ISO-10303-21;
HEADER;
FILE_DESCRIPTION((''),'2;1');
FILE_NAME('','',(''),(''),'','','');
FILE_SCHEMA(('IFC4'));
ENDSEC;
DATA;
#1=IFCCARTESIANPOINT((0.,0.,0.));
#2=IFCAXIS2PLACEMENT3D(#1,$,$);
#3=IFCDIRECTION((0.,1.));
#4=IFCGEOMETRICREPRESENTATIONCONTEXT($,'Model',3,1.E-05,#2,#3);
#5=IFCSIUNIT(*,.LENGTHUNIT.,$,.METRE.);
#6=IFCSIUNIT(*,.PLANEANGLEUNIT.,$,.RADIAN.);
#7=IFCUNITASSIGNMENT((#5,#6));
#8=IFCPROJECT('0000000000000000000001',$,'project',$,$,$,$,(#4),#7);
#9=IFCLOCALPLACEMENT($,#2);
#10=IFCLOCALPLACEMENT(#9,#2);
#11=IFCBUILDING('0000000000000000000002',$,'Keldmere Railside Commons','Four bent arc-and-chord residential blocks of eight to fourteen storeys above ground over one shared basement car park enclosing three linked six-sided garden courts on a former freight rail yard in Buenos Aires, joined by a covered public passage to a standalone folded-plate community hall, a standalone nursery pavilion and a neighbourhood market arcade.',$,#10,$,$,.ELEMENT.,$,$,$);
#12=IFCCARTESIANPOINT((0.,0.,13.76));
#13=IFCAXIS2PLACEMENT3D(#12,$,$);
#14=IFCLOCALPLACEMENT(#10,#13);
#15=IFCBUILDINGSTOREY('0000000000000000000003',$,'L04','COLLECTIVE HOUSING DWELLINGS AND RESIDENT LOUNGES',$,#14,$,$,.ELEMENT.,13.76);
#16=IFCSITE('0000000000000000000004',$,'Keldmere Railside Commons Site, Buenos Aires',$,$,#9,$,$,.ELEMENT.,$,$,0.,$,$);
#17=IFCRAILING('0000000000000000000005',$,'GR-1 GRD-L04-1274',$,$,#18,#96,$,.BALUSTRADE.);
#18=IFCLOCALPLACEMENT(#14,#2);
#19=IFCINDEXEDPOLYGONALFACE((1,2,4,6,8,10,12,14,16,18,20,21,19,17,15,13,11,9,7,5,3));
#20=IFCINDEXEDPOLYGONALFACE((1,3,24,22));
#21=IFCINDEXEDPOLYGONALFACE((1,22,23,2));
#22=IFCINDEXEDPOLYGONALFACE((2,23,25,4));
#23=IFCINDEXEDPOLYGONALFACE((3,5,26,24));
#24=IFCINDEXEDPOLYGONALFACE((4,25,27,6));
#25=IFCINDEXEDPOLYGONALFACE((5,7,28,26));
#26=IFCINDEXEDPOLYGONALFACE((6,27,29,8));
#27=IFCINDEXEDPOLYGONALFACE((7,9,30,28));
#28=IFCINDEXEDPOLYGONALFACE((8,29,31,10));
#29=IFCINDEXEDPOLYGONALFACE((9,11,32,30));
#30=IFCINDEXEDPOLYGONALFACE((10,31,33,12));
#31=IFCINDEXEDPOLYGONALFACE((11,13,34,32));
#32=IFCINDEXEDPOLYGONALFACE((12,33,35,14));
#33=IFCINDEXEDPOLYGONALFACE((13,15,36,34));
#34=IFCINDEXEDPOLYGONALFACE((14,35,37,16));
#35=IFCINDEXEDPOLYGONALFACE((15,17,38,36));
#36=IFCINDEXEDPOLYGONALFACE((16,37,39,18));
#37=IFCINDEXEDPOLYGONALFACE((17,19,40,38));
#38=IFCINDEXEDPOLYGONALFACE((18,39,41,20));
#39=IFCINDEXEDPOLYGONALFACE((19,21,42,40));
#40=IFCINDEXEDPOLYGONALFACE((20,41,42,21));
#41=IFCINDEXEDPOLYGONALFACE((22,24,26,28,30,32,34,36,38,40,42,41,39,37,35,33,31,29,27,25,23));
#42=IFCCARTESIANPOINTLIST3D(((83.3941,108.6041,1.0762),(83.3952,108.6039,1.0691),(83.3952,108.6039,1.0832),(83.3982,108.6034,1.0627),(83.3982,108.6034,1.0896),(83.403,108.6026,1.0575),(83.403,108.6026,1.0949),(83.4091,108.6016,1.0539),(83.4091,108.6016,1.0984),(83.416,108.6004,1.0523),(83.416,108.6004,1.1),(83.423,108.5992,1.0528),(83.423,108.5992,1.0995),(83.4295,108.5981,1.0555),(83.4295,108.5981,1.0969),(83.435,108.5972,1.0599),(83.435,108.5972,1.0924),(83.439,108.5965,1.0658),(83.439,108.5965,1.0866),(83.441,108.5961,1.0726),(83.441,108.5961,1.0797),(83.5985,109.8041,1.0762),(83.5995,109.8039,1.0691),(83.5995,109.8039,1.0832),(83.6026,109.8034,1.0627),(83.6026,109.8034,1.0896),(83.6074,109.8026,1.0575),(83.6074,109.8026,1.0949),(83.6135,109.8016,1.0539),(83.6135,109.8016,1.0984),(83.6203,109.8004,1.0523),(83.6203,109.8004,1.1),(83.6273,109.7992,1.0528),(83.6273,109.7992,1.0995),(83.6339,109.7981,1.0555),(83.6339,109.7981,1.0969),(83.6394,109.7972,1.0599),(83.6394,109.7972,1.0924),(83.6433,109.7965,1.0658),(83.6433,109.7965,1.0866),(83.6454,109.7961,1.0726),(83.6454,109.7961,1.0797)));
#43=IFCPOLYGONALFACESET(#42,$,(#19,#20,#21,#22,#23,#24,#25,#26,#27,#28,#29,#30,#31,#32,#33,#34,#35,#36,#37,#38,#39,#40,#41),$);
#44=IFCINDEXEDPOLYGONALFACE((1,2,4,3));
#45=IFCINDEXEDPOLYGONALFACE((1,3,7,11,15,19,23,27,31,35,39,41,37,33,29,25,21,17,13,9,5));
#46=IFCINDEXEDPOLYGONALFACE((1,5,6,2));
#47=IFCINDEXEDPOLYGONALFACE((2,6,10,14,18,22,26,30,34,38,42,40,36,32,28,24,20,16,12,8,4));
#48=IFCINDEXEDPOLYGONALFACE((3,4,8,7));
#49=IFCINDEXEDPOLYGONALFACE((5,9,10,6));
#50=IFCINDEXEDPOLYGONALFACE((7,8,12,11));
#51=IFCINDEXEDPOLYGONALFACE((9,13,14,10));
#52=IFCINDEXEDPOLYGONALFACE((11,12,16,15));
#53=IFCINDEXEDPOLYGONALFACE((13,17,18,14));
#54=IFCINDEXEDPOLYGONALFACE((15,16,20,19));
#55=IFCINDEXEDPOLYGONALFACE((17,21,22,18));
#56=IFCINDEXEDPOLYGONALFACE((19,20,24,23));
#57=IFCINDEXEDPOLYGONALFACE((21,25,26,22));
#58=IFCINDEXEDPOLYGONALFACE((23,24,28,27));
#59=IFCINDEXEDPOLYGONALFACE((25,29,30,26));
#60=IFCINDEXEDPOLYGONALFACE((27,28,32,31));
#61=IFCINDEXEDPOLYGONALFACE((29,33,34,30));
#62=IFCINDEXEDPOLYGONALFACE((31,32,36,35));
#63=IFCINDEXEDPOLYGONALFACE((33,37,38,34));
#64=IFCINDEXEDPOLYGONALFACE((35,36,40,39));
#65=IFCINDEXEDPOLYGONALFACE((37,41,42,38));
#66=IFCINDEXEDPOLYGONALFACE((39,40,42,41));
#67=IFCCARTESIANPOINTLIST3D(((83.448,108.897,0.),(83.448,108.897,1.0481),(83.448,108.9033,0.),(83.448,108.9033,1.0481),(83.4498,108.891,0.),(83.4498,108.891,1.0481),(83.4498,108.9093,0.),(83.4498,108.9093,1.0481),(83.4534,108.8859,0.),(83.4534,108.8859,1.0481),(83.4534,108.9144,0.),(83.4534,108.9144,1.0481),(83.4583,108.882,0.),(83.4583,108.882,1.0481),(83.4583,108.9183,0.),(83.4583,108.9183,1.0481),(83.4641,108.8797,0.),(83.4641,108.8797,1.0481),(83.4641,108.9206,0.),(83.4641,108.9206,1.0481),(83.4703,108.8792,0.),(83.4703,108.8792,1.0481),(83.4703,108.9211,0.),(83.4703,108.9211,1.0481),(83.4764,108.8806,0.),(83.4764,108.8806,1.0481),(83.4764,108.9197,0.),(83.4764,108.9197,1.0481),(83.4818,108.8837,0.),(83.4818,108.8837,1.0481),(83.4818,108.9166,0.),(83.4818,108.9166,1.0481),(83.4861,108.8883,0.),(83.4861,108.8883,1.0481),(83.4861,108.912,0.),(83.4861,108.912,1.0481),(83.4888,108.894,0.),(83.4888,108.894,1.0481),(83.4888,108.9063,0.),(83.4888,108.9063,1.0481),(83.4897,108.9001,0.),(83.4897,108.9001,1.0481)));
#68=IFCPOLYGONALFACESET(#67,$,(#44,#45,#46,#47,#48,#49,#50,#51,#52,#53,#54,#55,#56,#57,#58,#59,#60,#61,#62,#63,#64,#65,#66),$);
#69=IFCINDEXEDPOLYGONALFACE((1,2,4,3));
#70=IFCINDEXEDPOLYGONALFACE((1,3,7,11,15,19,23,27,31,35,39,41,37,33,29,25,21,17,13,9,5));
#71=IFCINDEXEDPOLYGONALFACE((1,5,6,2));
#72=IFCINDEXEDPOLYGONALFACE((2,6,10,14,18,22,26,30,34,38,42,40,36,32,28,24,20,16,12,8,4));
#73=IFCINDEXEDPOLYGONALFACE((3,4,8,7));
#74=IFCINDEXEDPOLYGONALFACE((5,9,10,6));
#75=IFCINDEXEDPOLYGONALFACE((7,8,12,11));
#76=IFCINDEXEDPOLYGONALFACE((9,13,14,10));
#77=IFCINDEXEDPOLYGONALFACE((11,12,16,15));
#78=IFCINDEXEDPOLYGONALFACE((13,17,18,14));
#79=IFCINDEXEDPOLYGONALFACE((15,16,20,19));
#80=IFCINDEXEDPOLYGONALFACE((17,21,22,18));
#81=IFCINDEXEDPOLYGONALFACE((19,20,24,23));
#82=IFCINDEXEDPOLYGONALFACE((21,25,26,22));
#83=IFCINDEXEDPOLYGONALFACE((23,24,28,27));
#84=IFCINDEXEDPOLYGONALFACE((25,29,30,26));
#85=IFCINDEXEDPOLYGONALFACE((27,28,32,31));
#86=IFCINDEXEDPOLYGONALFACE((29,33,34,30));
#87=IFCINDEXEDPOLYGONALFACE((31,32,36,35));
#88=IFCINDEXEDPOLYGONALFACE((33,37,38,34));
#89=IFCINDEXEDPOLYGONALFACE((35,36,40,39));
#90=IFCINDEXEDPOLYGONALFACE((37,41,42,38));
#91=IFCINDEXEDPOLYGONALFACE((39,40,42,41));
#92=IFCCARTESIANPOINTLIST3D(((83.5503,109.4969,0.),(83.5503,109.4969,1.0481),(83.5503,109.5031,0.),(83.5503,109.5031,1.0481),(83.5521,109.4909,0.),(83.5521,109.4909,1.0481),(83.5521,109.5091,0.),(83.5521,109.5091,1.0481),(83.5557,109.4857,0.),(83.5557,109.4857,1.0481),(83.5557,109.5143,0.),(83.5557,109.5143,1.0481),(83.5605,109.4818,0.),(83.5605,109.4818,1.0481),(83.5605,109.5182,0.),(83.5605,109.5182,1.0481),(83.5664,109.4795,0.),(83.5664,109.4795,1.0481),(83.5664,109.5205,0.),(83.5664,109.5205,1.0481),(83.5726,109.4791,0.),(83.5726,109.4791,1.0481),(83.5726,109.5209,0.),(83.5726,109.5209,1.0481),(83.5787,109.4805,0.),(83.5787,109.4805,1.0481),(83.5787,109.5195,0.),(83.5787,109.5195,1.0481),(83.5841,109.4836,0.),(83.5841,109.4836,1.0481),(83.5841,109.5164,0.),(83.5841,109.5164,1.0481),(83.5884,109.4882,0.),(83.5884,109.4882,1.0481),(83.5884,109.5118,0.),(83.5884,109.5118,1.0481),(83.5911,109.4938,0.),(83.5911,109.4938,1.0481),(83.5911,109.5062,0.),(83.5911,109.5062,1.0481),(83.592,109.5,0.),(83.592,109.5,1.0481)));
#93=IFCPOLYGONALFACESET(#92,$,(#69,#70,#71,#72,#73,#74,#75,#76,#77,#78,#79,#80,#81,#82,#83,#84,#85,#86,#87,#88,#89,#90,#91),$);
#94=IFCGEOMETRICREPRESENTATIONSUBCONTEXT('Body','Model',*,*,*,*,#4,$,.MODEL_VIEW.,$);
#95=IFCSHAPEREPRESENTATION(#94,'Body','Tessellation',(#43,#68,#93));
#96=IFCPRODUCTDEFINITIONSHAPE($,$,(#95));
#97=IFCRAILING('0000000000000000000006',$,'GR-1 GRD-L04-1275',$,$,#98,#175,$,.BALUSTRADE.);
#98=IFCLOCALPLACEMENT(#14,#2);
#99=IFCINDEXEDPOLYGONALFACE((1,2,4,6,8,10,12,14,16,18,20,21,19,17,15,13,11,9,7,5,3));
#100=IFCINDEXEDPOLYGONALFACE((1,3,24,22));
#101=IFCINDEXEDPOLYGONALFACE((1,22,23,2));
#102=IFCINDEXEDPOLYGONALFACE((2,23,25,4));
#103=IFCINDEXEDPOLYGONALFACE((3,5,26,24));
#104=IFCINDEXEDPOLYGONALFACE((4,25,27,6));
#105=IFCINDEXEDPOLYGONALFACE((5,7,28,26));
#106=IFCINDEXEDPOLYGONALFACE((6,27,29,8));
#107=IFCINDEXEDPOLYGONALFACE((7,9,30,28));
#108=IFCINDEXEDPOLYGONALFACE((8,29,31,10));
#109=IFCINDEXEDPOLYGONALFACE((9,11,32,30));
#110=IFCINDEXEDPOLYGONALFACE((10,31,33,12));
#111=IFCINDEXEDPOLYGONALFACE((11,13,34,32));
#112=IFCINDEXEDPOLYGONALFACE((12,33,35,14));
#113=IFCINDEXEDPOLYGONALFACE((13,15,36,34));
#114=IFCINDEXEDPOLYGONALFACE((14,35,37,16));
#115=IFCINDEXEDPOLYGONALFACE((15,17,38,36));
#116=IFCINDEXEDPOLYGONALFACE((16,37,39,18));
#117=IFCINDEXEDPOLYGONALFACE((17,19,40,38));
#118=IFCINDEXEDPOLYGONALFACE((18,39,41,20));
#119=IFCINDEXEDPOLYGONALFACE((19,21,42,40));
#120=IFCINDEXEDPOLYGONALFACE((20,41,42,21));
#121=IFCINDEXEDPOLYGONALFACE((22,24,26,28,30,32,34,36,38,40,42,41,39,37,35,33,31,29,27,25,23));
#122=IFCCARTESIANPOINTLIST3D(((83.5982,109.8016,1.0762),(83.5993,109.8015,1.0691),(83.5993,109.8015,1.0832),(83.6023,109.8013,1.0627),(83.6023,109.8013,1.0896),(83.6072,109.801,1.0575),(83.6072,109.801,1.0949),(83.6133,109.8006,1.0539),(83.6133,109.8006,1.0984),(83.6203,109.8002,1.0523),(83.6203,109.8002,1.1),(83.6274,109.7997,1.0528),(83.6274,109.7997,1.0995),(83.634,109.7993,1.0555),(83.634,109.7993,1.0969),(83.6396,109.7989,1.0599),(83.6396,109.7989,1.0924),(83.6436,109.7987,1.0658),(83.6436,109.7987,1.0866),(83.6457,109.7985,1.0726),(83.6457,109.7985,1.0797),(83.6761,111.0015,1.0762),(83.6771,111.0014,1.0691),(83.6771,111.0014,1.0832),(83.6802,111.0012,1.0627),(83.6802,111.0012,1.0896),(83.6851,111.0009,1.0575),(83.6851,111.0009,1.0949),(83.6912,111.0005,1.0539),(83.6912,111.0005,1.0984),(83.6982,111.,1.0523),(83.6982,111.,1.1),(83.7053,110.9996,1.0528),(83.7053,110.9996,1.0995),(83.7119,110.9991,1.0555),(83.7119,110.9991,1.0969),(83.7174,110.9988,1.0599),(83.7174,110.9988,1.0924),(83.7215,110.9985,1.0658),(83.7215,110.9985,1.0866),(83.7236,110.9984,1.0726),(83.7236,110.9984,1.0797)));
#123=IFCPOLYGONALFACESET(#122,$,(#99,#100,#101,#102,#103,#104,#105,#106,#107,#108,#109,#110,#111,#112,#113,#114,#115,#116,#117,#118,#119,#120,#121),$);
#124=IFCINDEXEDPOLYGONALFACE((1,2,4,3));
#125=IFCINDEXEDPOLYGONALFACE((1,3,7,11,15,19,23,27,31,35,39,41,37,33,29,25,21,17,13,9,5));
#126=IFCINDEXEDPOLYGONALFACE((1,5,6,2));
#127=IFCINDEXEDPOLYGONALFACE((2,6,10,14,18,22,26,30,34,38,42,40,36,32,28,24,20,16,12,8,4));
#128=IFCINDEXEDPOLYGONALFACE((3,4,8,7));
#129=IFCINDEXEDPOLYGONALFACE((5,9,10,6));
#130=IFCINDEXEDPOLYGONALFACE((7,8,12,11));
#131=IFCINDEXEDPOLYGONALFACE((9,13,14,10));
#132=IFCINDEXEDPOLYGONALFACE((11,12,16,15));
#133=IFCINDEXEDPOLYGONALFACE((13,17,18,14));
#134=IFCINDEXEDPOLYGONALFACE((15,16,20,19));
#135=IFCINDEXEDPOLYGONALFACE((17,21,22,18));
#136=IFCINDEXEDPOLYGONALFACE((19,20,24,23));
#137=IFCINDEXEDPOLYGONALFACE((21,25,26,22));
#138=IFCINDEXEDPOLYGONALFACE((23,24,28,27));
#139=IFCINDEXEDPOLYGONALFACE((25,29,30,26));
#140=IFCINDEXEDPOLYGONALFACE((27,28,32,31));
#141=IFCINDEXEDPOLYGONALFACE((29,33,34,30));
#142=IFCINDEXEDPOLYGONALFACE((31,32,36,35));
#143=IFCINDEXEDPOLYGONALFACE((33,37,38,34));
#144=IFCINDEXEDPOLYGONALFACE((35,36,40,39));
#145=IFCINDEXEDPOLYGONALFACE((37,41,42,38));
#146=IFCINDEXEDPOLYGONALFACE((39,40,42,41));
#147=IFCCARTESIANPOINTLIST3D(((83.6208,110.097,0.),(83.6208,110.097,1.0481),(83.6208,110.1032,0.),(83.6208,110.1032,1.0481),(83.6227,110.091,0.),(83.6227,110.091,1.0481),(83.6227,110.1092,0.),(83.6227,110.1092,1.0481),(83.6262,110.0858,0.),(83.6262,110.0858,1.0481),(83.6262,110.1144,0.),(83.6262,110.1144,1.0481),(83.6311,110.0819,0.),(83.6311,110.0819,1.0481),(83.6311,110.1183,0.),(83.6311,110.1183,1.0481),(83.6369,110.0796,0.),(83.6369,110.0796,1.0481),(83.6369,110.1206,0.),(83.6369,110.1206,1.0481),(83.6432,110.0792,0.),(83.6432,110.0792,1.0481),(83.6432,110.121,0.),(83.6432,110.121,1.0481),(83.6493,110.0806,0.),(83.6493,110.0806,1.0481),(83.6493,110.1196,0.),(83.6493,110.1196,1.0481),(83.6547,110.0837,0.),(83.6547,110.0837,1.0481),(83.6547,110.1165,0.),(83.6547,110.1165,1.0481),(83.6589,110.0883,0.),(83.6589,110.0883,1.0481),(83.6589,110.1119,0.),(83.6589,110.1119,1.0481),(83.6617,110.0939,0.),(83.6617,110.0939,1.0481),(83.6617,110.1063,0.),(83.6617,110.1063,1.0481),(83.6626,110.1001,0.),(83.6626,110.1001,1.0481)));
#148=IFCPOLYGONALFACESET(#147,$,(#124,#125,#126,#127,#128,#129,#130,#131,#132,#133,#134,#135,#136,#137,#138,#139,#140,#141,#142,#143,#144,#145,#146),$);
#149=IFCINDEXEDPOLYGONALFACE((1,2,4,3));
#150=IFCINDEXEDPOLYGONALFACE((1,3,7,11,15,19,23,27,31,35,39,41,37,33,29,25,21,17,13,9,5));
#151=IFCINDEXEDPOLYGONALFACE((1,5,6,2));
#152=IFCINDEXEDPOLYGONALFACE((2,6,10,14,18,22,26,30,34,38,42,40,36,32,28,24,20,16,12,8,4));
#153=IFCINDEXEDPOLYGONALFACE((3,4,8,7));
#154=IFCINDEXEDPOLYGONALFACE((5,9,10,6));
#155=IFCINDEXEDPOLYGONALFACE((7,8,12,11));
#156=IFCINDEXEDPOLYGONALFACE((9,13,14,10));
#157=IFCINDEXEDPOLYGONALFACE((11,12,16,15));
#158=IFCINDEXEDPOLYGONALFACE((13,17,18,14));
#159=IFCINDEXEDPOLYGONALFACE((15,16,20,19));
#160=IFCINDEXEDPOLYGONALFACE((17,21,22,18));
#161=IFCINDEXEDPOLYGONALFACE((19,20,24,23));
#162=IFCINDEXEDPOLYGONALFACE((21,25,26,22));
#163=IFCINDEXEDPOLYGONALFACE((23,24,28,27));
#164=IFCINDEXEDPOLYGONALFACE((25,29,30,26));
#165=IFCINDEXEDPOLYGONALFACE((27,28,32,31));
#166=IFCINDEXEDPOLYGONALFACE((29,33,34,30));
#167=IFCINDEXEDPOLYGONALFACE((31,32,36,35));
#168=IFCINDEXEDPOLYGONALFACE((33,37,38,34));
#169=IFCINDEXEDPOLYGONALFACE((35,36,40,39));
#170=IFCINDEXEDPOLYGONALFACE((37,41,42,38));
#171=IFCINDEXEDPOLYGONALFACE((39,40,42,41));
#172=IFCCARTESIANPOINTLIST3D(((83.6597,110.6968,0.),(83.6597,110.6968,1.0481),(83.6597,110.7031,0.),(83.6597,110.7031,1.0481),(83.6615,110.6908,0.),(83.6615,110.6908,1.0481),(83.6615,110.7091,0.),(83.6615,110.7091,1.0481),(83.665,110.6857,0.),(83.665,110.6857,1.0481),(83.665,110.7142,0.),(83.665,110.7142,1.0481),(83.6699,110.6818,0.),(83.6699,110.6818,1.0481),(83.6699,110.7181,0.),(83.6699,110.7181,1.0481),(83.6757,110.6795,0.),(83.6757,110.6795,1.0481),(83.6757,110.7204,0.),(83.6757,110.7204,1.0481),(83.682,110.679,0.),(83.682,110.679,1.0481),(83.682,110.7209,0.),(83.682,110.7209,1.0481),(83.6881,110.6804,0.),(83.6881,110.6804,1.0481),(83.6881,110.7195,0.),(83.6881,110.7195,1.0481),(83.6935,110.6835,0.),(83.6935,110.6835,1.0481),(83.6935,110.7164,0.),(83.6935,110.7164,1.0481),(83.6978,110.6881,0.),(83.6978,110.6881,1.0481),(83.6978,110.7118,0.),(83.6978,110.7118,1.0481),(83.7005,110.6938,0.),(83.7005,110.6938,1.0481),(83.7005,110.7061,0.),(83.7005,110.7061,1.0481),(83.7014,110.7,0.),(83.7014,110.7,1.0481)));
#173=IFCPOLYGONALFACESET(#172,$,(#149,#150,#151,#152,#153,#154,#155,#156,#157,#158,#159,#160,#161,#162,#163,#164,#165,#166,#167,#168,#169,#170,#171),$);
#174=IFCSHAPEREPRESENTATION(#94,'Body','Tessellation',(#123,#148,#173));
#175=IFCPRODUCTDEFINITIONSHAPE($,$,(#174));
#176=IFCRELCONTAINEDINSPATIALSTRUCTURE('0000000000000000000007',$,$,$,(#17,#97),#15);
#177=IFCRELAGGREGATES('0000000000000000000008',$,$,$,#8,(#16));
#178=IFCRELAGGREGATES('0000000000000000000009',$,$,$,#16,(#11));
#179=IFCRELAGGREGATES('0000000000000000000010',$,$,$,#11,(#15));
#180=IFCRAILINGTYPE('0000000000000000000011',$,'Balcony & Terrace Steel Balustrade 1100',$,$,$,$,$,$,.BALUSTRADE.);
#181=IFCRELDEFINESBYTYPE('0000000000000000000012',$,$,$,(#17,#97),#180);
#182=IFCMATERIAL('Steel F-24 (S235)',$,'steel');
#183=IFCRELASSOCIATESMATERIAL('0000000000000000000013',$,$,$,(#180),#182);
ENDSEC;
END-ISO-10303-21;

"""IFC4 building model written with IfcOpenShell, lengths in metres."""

from ifc_helpers import new_model, si_unit, direction, frame, origin, origin_2d, place, context, subcontext, project, spatial, circle, extrude, material, type_object, element, save


model = new_model("IFC4")

# Units and contexts
model_context = context("Model", 3, precision=1e-05, world=origin(), true_north=direction((0.0, 1.0)))
body_context = subcontext(model_context, "Body", "Model", "MODEL_VIEW")
ifc_project = project(units=[si_unit("LENGTHUNIT", "METRE"), si_unit("PLANEANGLEUNIT", "RADIAN")], contexts=[model_context])

# Site, building, storey
site_placement = place(None, origin())
site = spatial("IfcSite", under=ifc_project, at=site_placement, Name="Keldmere Railside Commons Site, Buenos Aires", CompositionType="ELEMENT", RefElevation=0.0)
building_placement = place(site_placement, origin())
building = spatial("IfcBuilding", under=site, at=building_placement, Name="Keldmere Railside Commons", Description="Four bent arc-and-chord residential blocks of eight to fourteen storeys above ground over one shared basement car park enclosing three linked six-sided garden courts on a former freight rail yard in Buenos Aires, joined by a covered public passage to a standalone folded-plate community hall, a standalone nursery pavilion and a neighbourhood market arcade.", CompositionType="ELEMENT")
storey_placement = place(building_placement, frame((0.0, 0.0, 13.76)))
storey = spatial("IfcBuildingStorey", under=building, at=storey_placement, Name="L04", Description="COLLECTIVE HOUSING DWELLINGS AND RESIDENT LOUNGES", CompositionType="ELEMENT", Elevation=13.76)

# Railings
ifc_material = material(Name="Steel F-24 (S235)", Category="steel")
railing_type = type_object("IfcRailingType", Name="Balcony & Terrace Steel Balustrade 1100", PredefinedType="BALUSTRADE", material=ifc_material)
railing_1_placement = place(storey_placement, frame((83.4177, 108.6001, 0.0)))
element("IfcRailing", 1, at=railing_1_placement, inside=storey, type_object=railing_type, Name="GR-1 GRD-L04-1274", PredefinedType="BALUSTRADE", context=body_context, shape_type="SweptSolid", body=[
    extrude(circle(Radius=0.0239, at=origin_2d()), frame((0.0, 0.0, 1.0762), z_axis=(0.167878, 0.985808, 0.0), x_axis=(-0.985808, 0.167878, 0.0)), (0.0, 0.0, 1.0), 1.2173),
    extrude(circle(Radius=0.021, at=origin_2d()), frame((0.051, 0.3, 0.0)), (0.0, 0.0, 1.0), 1.0481),
    extrude(circle(Radius=0.021, at=origin_2d()), frame((0.1533, 0.8999, 0.0)), (0.0, 0.0, 1.0), 1.0481),
])
railing_2_placement = place(storey_placement, frame((83.6221, 109.8, 0.0)))
element("IfcRailing", 2, at=railing_2_placement, inside=storey, type_object=railing_type, Name="GR-1 GRD-L04-1275", PredefinedType="BALUSTRADE", context=body_context, shape_type="SweptSolid", body=[
    extrude(circle(Radius=0.0239, at=origin_2d()), frame((0.0, 0.0, 1.0762), z_axis=(0.064767, 0.9979, 0.0), x_axis=(-0.9979, 0.064767, 0.0)), (0.0, 0.0, 1.0), 1.2024),
    extrude(circle(Radius=0.021, at=origin_2d()), frame((0.0195, 0.3, 0.0)), (0.0, 0.0, 1.0), 1.0481),
    extrude(circle(Radius=0.021, at=origin_2d()), frame((0.0583, 0.8999, 0.0)), (0.0, 0.0, 1.0), 1.0481),
])

save(model, "model.ifc")
